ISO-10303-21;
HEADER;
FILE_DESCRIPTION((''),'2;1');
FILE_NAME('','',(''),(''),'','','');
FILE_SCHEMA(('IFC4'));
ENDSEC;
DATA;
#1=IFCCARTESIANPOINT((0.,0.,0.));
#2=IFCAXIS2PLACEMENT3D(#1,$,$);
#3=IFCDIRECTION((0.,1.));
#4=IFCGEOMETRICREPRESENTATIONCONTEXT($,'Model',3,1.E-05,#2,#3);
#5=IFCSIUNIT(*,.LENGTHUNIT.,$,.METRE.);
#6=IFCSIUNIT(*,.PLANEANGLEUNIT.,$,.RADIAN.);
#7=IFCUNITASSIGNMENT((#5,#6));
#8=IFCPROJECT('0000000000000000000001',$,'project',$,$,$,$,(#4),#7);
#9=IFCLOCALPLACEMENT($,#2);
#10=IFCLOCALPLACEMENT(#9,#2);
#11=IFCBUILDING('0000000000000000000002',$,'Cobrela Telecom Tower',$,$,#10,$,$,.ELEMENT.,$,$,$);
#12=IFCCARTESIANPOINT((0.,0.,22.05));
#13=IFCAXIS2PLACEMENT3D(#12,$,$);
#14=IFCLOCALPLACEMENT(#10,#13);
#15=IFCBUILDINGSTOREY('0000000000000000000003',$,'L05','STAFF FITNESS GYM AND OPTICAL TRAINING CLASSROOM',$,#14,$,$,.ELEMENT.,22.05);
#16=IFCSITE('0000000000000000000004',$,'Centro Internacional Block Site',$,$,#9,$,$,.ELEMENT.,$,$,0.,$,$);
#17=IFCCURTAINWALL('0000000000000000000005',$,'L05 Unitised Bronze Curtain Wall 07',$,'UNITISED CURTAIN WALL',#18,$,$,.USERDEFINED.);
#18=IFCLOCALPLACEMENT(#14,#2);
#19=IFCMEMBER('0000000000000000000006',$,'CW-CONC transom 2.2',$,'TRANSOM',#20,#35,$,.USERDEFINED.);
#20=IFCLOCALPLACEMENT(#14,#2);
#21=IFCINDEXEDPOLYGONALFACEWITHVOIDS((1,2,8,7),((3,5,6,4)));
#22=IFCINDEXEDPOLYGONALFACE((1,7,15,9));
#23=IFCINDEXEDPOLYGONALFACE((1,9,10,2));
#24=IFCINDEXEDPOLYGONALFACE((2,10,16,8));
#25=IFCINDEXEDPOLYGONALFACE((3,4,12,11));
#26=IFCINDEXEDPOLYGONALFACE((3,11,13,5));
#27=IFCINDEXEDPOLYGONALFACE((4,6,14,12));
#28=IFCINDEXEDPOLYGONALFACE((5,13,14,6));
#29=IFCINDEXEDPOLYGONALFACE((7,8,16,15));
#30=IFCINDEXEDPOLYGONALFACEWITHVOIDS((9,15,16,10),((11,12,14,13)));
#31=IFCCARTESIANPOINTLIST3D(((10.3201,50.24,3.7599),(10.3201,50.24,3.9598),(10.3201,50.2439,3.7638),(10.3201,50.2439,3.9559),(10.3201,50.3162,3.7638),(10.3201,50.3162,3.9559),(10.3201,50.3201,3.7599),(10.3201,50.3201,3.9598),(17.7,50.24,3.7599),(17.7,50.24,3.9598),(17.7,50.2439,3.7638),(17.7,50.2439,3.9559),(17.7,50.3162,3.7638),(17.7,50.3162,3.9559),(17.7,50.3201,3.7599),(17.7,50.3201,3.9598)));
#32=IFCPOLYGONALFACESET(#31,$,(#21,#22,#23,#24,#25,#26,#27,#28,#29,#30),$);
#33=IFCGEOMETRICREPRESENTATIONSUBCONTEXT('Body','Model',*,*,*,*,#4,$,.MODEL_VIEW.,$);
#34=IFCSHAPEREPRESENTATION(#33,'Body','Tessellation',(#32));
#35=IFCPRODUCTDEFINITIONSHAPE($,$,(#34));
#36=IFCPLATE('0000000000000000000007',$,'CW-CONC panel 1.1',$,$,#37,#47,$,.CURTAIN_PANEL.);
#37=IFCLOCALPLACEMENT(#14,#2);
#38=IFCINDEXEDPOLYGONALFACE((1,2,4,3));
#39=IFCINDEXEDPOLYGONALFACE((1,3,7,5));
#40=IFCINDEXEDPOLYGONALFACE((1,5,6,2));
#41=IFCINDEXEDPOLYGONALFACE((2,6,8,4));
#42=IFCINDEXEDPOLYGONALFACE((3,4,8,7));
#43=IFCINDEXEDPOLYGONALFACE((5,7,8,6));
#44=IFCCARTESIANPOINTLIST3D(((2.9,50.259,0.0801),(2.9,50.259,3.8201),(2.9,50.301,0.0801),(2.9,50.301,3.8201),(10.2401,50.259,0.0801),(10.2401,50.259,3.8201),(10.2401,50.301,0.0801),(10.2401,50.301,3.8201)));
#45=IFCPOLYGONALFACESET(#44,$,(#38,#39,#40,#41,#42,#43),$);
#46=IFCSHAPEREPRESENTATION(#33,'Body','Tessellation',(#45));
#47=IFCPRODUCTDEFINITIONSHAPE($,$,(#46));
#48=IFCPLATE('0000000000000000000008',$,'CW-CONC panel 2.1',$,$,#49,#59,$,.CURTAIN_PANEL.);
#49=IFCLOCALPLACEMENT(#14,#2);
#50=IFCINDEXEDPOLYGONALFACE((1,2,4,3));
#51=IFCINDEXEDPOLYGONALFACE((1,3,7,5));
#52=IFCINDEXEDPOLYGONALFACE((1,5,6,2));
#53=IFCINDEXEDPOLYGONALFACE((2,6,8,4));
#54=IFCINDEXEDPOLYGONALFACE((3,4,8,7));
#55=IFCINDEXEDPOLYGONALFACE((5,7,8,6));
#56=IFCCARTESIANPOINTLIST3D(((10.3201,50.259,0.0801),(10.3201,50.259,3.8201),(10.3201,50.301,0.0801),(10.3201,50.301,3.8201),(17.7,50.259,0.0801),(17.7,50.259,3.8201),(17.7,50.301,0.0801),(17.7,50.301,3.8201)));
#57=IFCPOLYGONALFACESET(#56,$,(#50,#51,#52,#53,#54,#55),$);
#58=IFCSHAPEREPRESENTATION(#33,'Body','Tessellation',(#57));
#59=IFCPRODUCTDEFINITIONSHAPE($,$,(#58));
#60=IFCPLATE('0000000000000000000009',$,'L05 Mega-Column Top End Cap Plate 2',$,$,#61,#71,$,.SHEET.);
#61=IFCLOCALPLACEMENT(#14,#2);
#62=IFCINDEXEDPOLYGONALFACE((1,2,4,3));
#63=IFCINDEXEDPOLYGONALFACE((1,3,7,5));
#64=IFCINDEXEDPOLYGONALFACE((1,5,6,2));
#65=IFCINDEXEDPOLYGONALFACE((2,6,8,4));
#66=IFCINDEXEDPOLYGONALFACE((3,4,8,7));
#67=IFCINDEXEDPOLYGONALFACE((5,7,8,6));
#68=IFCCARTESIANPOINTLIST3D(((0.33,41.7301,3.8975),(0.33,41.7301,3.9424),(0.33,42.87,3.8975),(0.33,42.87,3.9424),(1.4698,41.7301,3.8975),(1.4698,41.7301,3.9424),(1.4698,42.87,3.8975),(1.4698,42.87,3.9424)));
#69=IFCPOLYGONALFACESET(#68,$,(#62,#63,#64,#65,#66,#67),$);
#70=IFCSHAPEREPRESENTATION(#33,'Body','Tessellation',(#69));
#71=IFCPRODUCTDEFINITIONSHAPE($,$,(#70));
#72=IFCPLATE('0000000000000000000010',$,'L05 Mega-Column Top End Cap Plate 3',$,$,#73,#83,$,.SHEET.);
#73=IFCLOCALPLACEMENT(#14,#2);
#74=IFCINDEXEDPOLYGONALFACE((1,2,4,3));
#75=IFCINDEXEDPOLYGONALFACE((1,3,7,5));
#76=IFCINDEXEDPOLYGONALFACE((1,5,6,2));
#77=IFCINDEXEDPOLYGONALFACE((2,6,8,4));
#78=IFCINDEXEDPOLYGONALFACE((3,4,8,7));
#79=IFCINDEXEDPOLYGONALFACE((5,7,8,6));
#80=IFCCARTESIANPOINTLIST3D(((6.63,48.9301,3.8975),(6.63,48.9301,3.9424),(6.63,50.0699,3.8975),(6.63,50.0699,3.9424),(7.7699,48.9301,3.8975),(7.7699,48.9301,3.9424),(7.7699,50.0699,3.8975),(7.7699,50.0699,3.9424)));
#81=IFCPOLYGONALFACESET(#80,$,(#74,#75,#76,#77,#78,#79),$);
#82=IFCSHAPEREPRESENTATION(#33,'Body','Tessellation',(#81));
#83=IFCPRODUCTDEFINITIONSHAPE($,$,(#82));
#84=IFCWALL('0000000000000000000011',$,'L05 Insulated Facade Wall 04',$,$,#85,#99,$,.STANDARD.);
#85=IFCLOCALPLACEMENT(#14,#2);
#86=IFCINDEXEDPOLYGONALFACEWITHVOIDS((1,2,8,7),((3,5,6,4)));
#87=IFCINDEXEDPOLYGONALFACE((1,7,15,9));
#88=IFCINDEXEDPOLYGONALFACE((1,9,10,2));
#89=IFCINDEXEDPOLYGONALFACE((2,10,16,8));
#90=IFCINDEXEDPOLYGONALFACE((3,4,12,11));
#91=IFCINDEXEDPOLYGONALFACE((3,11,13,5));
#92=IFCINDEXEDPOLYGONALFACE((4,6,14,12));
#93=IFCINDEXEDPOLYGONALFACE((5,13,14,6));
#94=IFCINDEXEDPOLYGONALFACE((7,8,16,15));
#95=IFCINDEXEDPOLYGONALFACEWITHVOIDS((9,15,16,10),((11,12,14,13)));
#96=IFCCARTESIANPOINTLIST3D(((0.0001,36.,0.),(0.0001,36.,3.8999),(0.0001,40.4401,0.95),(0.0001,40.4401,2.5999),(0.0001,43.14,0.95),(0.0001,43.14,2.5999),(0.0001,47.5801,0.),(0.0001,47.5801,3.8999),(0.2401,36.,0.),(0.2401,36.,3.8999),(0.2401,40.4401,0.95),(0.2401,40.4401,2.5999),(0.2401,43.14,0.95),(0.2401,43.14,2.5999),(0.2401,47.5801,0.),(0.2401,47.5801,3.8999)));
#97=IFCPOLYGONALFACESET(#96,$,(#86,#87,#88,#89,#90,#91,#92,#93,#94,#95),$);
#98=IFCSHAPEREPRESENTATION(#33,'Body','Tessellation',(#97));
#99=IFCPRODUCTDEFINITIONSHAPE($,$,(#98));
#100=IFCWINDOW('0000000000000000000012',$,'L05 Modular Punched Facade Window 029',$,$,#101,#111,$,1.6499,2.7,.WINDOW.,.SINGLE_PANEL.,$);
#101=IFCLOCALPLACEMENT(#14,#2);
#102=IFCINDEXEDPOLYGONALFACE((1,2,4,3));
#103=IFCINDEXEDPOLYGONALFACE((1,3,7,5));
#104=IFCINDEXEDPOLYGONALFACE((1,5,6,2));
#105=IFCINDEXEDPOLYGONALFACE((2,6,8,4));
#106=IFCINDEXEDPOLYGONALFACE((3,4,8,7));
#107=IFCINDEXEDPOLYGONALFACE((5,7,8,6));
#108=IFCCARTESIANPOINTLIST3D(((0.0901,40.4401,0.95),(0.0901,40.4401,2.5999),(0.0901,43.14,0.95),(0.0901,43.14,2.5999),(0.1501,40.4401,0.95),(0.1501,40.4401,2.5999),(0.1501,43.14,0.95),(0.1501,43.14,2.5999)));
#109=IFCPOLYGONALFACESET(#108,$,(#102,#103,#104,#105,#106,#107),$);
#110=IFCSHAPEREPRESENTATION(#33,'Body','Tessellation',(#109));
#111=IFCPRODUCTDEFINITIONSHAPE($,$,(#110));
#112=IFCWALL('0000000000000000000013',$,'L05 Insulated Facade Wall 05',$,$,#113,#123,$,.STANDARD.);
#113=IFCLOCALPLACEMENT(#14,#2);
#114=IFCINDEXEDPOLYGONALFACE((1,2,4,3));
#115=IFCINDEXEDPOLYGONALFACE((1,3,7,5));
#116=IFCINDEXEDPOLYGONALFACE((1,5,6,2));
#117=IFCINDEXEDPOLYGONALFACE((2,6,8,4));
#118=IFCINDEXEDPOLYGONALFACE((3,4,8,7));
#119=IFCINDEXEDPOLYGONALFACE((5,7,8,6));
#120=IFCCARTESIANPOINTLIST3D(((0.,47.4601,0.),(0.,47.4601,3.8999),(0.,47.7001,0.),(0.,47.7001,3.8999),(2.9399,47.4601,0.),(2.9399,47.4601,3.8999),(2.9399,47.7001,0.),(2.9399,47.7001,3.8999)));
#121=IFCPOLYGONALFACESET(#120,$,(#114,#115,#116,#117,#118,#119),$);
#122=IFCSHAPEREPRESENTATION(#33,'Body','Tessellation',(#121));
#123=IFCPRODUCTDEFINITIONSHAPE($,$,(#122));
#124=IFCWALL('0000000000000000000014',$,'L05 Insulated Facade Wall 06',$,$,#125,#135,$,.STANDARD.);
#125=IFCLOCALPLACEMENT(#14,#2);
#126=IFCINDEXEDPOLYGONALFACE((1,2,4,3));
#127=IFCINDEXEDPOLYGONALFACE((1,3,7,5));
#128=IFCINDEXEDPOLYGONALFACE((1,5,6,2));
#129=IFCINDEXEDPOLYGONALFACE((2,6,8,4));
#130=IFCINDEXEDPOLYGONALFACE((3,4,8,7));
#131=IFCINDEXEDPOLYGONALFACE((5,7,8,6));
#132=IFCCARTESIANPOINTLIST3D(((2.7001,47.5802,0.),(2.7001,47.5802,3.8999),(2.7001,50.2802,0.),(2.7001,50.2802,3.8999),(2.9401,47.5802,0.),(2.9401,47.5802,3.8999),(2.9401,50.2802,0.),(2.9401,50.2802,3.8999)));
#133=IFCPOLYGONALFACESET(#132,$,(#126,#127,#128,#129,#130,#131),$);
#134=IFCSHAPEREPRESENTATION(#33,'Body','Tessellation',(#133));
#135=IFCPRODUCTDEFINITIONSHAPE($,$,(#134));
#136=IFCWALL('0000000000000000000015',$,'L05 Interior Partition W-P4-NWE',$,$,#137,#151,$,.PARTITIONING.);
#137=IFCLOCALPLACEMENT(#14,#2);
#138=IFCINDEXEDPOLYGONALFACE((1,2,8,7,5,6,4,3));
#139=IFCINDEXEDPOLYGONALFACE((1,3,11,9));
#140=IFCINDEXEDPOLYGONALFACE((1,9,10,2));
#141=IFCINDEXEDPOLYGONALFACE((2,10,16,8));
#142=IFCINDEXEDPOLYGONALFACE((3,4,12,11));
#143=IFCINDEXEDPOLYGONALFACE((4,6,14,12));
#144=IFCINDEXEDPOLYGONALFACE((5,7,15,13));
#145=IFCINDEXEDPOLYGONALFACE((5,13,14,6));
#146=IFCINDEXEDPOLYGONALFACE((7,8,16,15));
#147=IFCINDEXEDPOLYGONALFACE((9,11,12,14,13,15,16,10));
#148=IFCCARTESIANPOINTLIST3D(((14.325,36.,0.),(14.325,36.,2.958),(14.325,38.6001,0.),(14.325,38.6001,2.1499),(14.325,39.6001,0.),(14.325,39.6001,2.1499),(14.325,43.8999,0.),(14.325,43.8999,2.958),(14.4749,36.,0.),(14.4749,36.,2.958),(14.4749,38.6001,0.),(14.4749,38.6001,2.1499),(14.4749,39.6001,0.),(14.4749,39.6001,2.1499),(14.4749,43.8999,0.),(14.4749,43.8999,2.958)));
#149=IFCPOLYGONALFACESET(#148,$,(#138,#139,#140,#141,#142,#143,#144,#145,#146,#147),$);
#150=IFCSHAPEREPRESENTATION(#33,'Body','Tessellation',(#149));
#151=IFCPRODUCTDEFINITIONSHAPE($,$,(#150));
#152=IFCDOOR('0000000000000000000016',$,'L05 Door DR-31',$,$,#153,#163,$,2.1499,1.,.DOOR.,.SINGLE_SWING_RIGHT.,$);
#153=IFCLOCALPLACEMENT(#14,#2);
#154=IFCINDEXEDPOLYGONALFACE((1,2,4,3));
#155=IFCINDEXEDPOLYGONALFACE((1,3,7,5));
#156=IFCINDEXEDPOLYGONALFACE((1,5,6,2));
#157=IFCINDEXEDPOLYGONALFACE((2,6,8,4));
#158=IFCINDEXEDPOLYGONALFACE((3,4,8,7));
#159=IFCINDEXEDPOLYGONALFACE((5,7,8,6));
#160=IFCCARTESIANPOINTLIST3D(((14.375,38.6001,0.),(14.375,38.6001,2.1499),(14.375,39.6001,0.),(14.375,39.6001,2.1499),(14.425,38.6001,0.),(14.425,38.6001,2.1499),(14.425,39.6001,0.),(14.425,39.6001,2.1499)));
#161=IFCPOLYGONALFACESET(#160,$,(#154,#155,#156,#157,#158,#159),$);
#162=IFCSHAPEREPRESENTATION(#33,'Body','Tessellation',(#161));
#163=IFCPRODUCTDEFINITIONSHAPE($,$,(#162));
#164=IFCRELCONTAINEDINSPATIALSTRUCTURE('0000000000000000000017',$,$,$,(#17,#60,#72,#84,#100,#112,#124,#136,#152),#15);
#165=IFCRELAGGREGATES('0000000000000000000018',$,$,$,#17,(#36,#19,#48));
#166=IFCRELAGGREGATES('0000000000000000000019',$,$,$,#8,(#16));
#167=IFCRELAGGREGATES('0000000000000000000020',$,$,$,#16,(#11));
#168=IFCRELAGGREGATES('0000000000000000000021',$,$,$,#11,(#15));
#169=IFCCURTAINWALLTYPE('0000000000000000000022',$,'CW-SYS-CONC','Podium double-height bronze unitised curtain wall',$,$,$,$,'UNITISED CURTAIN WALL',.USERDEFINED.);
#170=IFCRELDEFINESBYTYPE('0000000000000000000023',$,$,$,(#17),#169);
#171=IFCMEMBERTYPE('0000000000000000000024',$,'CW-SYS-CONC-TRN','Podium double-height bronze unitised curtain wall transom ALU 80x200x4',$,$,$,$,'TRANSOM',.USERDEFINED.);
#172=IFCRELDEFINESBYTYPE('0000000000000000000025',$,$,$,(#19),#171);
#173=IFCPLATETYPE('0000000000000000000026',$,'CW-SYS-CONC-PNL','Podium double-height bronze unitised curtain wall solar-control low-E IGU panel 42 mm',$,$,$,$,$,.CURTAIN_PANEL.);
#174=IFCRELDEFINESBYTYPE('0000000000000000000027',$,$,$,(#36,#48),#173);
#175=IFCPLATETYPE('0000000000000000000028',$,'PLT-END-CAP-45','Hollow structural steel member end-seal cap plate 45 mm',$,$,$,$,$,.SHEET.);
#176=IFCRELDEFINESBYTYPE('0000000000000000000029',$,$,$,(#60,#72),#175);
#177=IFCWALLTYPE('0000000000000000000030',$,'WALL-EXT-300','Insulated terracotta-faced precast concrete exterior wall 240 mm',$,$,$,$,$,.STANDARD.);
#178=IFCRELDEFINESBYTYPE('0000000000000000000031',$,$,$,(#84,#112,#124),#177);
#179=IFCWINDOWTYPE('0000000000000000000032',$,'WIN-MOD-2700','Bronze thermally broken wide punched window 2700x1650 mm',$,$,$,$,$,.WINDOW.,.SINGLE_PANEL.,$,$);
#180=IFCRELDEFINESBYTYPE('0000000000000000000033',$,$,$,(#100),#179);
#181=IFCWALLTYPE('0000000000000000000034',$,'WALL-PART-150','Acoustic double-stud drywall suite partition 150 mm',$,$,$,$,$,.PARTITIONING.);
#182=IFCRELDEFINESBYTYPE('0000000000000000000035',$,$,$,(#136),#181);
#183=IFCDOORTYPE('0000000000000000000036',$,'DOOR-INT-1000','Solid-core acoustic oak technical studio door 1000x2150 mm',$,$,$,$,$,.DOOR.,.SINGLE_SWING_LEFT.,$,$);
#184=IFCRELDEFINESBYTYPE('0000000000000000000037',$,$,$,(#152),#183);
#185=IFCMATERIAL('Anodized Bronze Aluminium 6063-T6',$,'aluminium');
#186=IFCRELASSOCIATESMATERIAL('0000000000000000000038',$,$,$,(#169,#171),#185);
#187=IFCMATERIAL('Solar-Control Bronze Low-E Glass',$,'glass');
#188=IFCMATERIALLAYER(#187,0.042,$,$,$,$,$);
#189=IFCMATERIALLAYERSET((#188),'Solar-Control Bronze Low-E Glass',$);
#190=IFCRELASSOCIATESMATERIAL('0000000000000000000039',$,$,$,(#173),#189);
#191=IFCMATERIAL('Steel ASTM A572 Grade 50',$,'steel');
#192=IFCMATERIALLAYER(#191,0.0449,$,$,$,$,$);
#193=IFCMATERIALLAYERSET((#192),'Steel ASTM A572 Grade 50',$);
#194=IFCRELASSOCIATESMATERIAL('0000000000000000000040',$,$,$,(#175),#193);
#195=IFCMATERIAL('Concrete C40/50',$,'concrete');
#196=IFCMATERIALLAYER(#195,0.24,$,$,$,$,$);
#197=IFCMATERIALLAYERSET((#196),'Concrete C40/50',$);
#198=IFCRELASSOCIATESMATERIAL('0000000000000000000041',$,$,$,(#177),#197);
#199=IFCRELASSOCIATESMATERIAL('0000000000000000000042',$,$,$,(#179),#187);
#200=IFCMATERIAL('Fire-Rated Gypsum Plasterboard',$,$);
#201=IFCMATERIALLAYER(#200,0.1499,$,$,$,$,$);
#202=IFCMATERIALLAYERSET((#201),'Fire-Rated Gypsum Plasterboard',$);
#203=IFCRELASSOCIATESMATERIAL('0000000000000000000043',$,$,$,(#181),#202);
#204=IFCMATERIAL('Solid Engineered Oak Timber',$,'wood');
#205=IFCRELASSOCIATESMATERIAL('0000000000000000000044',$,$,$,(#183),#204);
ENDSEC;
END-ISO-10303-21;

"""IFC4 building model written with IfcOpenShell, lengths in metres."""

from ifc_helpers import new_model, si_unit, direction, frame, frame_2d, origin, origin_2d, place, context, subcontext, project, spatial, rectangle, hollow_rectangle, extrude, material, layer, layer_set, material_profile, profile_set, type_object, element, fill, aggregate, save


model = new_model("IFC4")

# Units and contexts
model_context = context("Model", 3, precision=1e-05, world=origin(), true_north=direction((0.0, 1.0)))
body_context = subcontext(model_context, "Body", "Model", "MODEL_VIEW")
ifc_project = project(units=[si_unit("LENGTHUNIT", "METRE"), si_unit("PLANEANGLEUNIT", "RADIAN")], contexts=[model_context])

# Site, building, storey
site_placement = place(None, origin())
site = spatial("IfcSite", under=ifc_project, at=site_placement, Name="Centro Internacional Block Site", CompositionType="ELEMENT", RefElevation=0.0)
building_placement = place(site_placement, origin())
building = spatial("IfcBuilding", under=site, at=building_placement, Name="Cobrela Telecom Tower", CompositionType="ELEMENT")
storey_placement = place(building_placement, frame((0.0, 0.0, 22.05)))
storey = spatial("IfcBuildingStorey", under=building, at=storey_placement, Name="L05", Description="STAFF FITNESS GYM AND OPTICAL TRAINING CLASSROOM", CompositionType="ELEMENT", Elevation=22.05)

# Shared definitions
ifc_material_1 = material(Name="Concrete C40/50", Category="concrete")
ifc_material_2 = material(Name="Steel ASTM A572 Grade 50", Category="steel")

# Curtain wall, member, plates
ifc_material_3 = material(Name="Anodized Bronze Aluminium 6063-T6", Category="aluminium")
curtain_wall_type = type_object("IfcCurtainWallType", Name="CW-SYS-CONC", Description="Podium double-height bronze unitised curtain wall", ElementType="UNITISED CURTAIN WALL", PredefinedType="USERDEFINED", material=ifc_material_3)
curtain_wall_placement = place(storey_placement, origin())
curtain_wall = element("IfcCurtainWall", 1, at=curtain_wall_placement, inside=storey, type_object=curtain_wall_type, Name="L05 Unitised Bronze Curtain Wall 07", ObjectType="UNITISED CURTAIN WALL", PredefinedType="USERDEFINED")
ifc_material_profile_1 = material_profile(ifc_material_3, hollow_rectangle(XDim=0.0801, YDim=0.2, WallThickness=0.0039, at=origin_2d()), Name="ALU 80x200x4")
ifc_profile_set_1 = profile_set([ifc_material_profile_1], Name="Anodized Bronze Aluminium 6063-T6")
member_type_1 = type_object("IfcMemberType", Name="CW-SYS-CONC-TRN", Description="Podium double-height bronze unitised curtain wall transom ALU 80x200x4", ElementType="TRANSOM", PredefinedType="USERDEFINED", material=ifc_profile_set_1)
member_1_placement = place(storey_placement, frame((10.3201, 50.28, 3.8599), z_axis=(1.0, 0.0, 0.0), x_axis=(0.0, 1.0, 0.0)))
member_1 = element("IfcMember", 2, at=member_1_placement, type_object=member_type_1, Name="CW-CONC transom 2.2", ObjectType="TRANSOM", PredefinedType="USERDEFINED", context=body_context, shape_type="SweptSolid", body=[
    extrude(hollow_rectangle(XDim=0.0801, YDim=0.2, WallThickness=0.0039, at=origin_2d()), origin(), (0.0, 0.0, 1.0), 7.3799),
])
ifc_material_4 = material(Name="Solar-Control Bronze Low-E Glass", Category="glass")
ifc_layer_1 = layer(ifc_material_4, 0.042)
ifc_layer_set_1 = layer_set([ifc_layer_1], Name="Solar-Control Bronze Low-E Glass")
plate_type_1 = type_object("IfcPlateType", Name="CW-SYS-CONC-PNL", Description="Podium double-height bronze unitised curtain wall solar-control low-E IGU panel 42 mm", PredefinedType="CURTAIN_PANEL", material=ifc_layer_set_1)
plate_1_placement = place(storey_placement, frame((6.5701, 50.28, 0.0801), z_axis=(0.0, 0.0, 1.0), x_axis=(1.0, 0.0, 0.0)))
plate_1 = element("IfcPlate", 3, at=plate_1_placement, type_object=plate_type_1, Name="CW-CONC panel 1.1", PredefinedType="CURTAIN_PANEL", context=body_context, shape_type="SweptSolid", body=[
    extrude(rectangle(XDim=7.3401, YDim=0.042, at=origin_2d()), origin(), (0.0, 0.0, 1.0), 3.74),
])
plate_2_placement = place(storey_placement, frame((14.01, 50.28, 0.0801), z_axis=(0.0, 0.0, 1.0), x_axis=(1.0, 0.0, 0.0)))
plate_2 = element("IfcPlate", 4, at=plate_2_placement, type_object=plate_type_1, Name="CW-CONC panel 2.1", PredefinedType="CURTAIN_PANEL", context=body_context, shape_type="SweptSolid", body=[
    extrude(rectangle(XDim=7.3799, YDim=0.042, at=origin_2d()), origin(), (0.0, 0.0, 1.0), 3.74),
])
aggregate(curtain_wall, [plate_1, member_1, plate_2])

# Plates
ifc_layer_2 = layer(ifc_material_2, 0.0449)
ifc_layer_set_2 = layer_set([ifc_layer_2], Name="Steel ASTM A572 Grade 50")
plate_type_2 = type_object("IfcPlateType", Name="PLT-END-CAP-45", Description="Hollow structural steel member end-seal cap plate 45 mm", PredefinedType="SHEET", material=ifc_layer_set_2)
for number, where, z_axis, x_axis, name in (
    (5, (0.8999, 42.3, 3.8975), (0.0, 0.0, 1.0), (1.0, 0.0, 0.0), "L05 Mega-Column Top End Cap Plate 2"),
    (6, (7.2, 49.5, 3.8975), (0.0, 0.0, 1.0), (1.0, 0.0, 0.0), "L05 Mega-Column Top End Cap Plate 3"),
):
    element("IfcPlate", number, at=place(storey_placement, frame(where, z_axis=z_axis, x_axis=x_axis)), inside=storey, type_object=plate_type_2, Name=name, PredefinedType="SHEET", context=body_context, shape_type="SweptSolid", body=[
        extrude(rectangle(XDim=1.1399, YDim=1.1399, at=origin_2d()), origin(), (0.0, 0.0, 1.0), 0.0449),
    ])

# Wall, opening, window
ifc_layer_3 = layer(ifc_material_1, 0.24)
ifc_layer_set_3 = layer_set([ifc_layer_3], Name="Concrete C40/50")
wall_type_1 = type_object("IfcWallType", Name="WALL-EXT-300", Description="Insulated terracotta-faced precast concrete exterior wall 240 mm", PredefinedType="STANDARD", material=ifc_layer_set_3)
wall_1_placement = place(storey_placement, frame((0.1201, 36.0, 0.0), z_axis=(0.0, 0.0, 1.0), x_axis=(0.0, 1.0, 0.0)))
wall_1 = element("IfcWall", 7, at=wall_1_placement, inside=storey, type_object=wall_type_1, Name="L05 Insulated Facade Wall 04", PredefinedType="STANDARD", context=body_context, shape_type="SweptSolid", body=[
    extrude(rectangle(XDim=11.5801, YDim=0.24, at=frame_2d((5.79, 0.0))), origin(), (0.0, 0.0, 1.0), 3.8999),
])
opening_1_placement = place(wall_1_placement, frame((4.4399, 0.0, 0.95)))
opening_1 = element("IfcOpeningElement", 8, at=opening_1_placement, cuts=wall_1, PredefinedType="OPENING", context=body_context, shape_type="SweptSolid", body=[
    extrude(rectangle(XDim=2.7, YDim=1.6499, at=frame_2d((1.3501, 0.825))), frame((0.0, 0.1318, 0.0), z_axis=(0.0, -1.0, 0.0), x_axis=(1.0, 0.0, 0.0)), (0.0, 0.0, 1.0), 0.2639),
])
window_type = type_object("IfcWindowType", Name="WIN-MOD-2700", Description="Bronze thermally broken wide punched window 2700x1650 mm", PartitioningType="SINGLE_PANEL", PredefinedType="WINDOW", material=ifc_material_4)
window_placement = place(opening_1_placement, origin())
window = element("IfcWindow", 9, at=window_placement, inside=storey, type_object=window_type, Name="L05 Modular Punched Facade Window 029", OverallHeight=1.6499, OverallWidth=2.7, PartitioningType="SINGLE_PANEL", PredefinedType="WINDOW", context=body_context, shape_type="SweptSolid", body=[
    extrude(rectangle(XDim=2.7, YDim=1.6499, at=frame_2d((1.3501, 0.825))), frame((0.0, 0.03, 0.0), z_axis=(0.0, -1.0, 0.0), x_axis=(1.0, 0.0, 0.0)), (0.0, 0.0, 1.0), 0.0601),
])
fill(opening_1, window)

# Walls
wall_2_placement = place(storey_placement, frame((0.0, 47.5801, 0.0), z_axis=(0.0, 0.0, 1.0), x_axis=(1.0, 0.0, 0.0)))
element("IfcWall", 10, at=wall_2_placement, inside=storey, type_object=wall_type_1, Name="L05 Insulated Facade Wall 05", PredefinedType="STANDARD", context=body_context, shape_type="SweptSolid", body=[
    extrude(rectangle(XDim=2.9399, YDim=0.24, at=frame_2d((1.47, 0.0))), origin(), (0.0, 0.0, 1.0), 3.8999),
])
wall_3_placement = place(storey_placement, frame((2.8201, 47.5801, 0.0), z_axis=(0.0, 0.0, 1.0), x_axis=(0.0, 1.0, 0.0)))
element("IfcWall", 11, at=wall_3_placement, inside=storey, type_object=wall_type_1, Name="L05 Insulated Facade Wall 06", PredefinedType="STANDARD", context=body_context, shape_type="SweptSolid", body=[
    extrude(rectangle(XDim=2.7, YDim=0.24, at=frame_2d((1.3501, 0.0))), origin(), (0.0, 0.0, 1.0), 3.8999),
])

# Wall, opening, door
ifc_material_5 = material(Name="Fire-Rated Gypsum Plasterboard")
ifc_layer_4 = layer(ifc_material_5, 0.1499)
ifc_layer_set_4 = layer_set([ifc_layer_4], Name="Fire-Rated Gypsum Plasterboard")
wall_type_2 = type_object("IfcWallType", Name="WALL-PART-150", Description="Acoustic double-stud drywall suite partition 150 mm", PredefinedType="PARTITIONING", material=ifc_layer_set_4)
wall_4_placement = place(storey_placement, frame((14.3999, 36.0, 0.0), z_axis=(0.0, 0.0, 1.0), x_axis=(0.0, 1.0, 0.0)))
wall_4 = element("IfcWall", 12, at=wall_4_placement, inside=storey, type_object=wall_type_2, Name="L05 Interior Partition W-P4-NWE", PredefinedType="PARTITIONING", context=body_context, shape_type="SweptSolid", body=[
    extrude(rectangle(XDim=7.8999, YDim=0.1499, at=frame_2d((3.95, 0.0))), origin(), (0.0, 0.0, 1.0), 2.958),
])
opening_2_placement = place(wall_4_placement, frame((2.6001, 0.0, 0.0)))
opening_2 = element("IfcOpeningElement", 13, at=opening_2_placement, cuts=wall_4, PredefinedType="OPENING", context=body_context, shape_type="SweptSolid", body=[
    extrude(rectangle(XDim=1.0, YDim=2.1499, at=frame_2d((0.5, 1.075))), frame((0.0, 0.0869, 0.0), z_axis=(0.0, -1.0, 0.0), x_axis=(1.0, 0.0, 0.0)), (0.0, 0.0, 1.0), 0.1738),
])
ifc_material_6 = material(Name="Solid Engineered Oak Timber", Category="wood")
door_type = type_object("IfcDoorType", Name="DOOR-INT-1000", Description="Solid-core acoustic oak technical studio door 1000x2150 mm", OperationType="SINGLE_SWING_LEFT", PredefinedType="DOOR", material=ifc_material_6)
door_placement = place(opening_2_placement, origin())
door = element("IfcDoor", 14, at=door_placement, inside=storey, type_object=door_type, Name="L05 Door DR-31", OperationType="SINGLE_SWING_RIGHT", OverallHeight=2.1499, OverallWidth=1.0, PredefinedType="DOOR", context=body_context, shape_type="SweptSolid", body=[
    extrude(rectangle(XDim=1.0, YDim=2.1499, at=frame_2d((0.5, 1.075))), frame((0.0, 0.0249, 0.0), z_axis=(0.0, -1.0, 0.0), x_axis=(1.0, 0.0, 0.0)), (0.0, 0.0, 1.0), 0.05),
])
fill(opening_2, door)

save(model, "model.ifc")
